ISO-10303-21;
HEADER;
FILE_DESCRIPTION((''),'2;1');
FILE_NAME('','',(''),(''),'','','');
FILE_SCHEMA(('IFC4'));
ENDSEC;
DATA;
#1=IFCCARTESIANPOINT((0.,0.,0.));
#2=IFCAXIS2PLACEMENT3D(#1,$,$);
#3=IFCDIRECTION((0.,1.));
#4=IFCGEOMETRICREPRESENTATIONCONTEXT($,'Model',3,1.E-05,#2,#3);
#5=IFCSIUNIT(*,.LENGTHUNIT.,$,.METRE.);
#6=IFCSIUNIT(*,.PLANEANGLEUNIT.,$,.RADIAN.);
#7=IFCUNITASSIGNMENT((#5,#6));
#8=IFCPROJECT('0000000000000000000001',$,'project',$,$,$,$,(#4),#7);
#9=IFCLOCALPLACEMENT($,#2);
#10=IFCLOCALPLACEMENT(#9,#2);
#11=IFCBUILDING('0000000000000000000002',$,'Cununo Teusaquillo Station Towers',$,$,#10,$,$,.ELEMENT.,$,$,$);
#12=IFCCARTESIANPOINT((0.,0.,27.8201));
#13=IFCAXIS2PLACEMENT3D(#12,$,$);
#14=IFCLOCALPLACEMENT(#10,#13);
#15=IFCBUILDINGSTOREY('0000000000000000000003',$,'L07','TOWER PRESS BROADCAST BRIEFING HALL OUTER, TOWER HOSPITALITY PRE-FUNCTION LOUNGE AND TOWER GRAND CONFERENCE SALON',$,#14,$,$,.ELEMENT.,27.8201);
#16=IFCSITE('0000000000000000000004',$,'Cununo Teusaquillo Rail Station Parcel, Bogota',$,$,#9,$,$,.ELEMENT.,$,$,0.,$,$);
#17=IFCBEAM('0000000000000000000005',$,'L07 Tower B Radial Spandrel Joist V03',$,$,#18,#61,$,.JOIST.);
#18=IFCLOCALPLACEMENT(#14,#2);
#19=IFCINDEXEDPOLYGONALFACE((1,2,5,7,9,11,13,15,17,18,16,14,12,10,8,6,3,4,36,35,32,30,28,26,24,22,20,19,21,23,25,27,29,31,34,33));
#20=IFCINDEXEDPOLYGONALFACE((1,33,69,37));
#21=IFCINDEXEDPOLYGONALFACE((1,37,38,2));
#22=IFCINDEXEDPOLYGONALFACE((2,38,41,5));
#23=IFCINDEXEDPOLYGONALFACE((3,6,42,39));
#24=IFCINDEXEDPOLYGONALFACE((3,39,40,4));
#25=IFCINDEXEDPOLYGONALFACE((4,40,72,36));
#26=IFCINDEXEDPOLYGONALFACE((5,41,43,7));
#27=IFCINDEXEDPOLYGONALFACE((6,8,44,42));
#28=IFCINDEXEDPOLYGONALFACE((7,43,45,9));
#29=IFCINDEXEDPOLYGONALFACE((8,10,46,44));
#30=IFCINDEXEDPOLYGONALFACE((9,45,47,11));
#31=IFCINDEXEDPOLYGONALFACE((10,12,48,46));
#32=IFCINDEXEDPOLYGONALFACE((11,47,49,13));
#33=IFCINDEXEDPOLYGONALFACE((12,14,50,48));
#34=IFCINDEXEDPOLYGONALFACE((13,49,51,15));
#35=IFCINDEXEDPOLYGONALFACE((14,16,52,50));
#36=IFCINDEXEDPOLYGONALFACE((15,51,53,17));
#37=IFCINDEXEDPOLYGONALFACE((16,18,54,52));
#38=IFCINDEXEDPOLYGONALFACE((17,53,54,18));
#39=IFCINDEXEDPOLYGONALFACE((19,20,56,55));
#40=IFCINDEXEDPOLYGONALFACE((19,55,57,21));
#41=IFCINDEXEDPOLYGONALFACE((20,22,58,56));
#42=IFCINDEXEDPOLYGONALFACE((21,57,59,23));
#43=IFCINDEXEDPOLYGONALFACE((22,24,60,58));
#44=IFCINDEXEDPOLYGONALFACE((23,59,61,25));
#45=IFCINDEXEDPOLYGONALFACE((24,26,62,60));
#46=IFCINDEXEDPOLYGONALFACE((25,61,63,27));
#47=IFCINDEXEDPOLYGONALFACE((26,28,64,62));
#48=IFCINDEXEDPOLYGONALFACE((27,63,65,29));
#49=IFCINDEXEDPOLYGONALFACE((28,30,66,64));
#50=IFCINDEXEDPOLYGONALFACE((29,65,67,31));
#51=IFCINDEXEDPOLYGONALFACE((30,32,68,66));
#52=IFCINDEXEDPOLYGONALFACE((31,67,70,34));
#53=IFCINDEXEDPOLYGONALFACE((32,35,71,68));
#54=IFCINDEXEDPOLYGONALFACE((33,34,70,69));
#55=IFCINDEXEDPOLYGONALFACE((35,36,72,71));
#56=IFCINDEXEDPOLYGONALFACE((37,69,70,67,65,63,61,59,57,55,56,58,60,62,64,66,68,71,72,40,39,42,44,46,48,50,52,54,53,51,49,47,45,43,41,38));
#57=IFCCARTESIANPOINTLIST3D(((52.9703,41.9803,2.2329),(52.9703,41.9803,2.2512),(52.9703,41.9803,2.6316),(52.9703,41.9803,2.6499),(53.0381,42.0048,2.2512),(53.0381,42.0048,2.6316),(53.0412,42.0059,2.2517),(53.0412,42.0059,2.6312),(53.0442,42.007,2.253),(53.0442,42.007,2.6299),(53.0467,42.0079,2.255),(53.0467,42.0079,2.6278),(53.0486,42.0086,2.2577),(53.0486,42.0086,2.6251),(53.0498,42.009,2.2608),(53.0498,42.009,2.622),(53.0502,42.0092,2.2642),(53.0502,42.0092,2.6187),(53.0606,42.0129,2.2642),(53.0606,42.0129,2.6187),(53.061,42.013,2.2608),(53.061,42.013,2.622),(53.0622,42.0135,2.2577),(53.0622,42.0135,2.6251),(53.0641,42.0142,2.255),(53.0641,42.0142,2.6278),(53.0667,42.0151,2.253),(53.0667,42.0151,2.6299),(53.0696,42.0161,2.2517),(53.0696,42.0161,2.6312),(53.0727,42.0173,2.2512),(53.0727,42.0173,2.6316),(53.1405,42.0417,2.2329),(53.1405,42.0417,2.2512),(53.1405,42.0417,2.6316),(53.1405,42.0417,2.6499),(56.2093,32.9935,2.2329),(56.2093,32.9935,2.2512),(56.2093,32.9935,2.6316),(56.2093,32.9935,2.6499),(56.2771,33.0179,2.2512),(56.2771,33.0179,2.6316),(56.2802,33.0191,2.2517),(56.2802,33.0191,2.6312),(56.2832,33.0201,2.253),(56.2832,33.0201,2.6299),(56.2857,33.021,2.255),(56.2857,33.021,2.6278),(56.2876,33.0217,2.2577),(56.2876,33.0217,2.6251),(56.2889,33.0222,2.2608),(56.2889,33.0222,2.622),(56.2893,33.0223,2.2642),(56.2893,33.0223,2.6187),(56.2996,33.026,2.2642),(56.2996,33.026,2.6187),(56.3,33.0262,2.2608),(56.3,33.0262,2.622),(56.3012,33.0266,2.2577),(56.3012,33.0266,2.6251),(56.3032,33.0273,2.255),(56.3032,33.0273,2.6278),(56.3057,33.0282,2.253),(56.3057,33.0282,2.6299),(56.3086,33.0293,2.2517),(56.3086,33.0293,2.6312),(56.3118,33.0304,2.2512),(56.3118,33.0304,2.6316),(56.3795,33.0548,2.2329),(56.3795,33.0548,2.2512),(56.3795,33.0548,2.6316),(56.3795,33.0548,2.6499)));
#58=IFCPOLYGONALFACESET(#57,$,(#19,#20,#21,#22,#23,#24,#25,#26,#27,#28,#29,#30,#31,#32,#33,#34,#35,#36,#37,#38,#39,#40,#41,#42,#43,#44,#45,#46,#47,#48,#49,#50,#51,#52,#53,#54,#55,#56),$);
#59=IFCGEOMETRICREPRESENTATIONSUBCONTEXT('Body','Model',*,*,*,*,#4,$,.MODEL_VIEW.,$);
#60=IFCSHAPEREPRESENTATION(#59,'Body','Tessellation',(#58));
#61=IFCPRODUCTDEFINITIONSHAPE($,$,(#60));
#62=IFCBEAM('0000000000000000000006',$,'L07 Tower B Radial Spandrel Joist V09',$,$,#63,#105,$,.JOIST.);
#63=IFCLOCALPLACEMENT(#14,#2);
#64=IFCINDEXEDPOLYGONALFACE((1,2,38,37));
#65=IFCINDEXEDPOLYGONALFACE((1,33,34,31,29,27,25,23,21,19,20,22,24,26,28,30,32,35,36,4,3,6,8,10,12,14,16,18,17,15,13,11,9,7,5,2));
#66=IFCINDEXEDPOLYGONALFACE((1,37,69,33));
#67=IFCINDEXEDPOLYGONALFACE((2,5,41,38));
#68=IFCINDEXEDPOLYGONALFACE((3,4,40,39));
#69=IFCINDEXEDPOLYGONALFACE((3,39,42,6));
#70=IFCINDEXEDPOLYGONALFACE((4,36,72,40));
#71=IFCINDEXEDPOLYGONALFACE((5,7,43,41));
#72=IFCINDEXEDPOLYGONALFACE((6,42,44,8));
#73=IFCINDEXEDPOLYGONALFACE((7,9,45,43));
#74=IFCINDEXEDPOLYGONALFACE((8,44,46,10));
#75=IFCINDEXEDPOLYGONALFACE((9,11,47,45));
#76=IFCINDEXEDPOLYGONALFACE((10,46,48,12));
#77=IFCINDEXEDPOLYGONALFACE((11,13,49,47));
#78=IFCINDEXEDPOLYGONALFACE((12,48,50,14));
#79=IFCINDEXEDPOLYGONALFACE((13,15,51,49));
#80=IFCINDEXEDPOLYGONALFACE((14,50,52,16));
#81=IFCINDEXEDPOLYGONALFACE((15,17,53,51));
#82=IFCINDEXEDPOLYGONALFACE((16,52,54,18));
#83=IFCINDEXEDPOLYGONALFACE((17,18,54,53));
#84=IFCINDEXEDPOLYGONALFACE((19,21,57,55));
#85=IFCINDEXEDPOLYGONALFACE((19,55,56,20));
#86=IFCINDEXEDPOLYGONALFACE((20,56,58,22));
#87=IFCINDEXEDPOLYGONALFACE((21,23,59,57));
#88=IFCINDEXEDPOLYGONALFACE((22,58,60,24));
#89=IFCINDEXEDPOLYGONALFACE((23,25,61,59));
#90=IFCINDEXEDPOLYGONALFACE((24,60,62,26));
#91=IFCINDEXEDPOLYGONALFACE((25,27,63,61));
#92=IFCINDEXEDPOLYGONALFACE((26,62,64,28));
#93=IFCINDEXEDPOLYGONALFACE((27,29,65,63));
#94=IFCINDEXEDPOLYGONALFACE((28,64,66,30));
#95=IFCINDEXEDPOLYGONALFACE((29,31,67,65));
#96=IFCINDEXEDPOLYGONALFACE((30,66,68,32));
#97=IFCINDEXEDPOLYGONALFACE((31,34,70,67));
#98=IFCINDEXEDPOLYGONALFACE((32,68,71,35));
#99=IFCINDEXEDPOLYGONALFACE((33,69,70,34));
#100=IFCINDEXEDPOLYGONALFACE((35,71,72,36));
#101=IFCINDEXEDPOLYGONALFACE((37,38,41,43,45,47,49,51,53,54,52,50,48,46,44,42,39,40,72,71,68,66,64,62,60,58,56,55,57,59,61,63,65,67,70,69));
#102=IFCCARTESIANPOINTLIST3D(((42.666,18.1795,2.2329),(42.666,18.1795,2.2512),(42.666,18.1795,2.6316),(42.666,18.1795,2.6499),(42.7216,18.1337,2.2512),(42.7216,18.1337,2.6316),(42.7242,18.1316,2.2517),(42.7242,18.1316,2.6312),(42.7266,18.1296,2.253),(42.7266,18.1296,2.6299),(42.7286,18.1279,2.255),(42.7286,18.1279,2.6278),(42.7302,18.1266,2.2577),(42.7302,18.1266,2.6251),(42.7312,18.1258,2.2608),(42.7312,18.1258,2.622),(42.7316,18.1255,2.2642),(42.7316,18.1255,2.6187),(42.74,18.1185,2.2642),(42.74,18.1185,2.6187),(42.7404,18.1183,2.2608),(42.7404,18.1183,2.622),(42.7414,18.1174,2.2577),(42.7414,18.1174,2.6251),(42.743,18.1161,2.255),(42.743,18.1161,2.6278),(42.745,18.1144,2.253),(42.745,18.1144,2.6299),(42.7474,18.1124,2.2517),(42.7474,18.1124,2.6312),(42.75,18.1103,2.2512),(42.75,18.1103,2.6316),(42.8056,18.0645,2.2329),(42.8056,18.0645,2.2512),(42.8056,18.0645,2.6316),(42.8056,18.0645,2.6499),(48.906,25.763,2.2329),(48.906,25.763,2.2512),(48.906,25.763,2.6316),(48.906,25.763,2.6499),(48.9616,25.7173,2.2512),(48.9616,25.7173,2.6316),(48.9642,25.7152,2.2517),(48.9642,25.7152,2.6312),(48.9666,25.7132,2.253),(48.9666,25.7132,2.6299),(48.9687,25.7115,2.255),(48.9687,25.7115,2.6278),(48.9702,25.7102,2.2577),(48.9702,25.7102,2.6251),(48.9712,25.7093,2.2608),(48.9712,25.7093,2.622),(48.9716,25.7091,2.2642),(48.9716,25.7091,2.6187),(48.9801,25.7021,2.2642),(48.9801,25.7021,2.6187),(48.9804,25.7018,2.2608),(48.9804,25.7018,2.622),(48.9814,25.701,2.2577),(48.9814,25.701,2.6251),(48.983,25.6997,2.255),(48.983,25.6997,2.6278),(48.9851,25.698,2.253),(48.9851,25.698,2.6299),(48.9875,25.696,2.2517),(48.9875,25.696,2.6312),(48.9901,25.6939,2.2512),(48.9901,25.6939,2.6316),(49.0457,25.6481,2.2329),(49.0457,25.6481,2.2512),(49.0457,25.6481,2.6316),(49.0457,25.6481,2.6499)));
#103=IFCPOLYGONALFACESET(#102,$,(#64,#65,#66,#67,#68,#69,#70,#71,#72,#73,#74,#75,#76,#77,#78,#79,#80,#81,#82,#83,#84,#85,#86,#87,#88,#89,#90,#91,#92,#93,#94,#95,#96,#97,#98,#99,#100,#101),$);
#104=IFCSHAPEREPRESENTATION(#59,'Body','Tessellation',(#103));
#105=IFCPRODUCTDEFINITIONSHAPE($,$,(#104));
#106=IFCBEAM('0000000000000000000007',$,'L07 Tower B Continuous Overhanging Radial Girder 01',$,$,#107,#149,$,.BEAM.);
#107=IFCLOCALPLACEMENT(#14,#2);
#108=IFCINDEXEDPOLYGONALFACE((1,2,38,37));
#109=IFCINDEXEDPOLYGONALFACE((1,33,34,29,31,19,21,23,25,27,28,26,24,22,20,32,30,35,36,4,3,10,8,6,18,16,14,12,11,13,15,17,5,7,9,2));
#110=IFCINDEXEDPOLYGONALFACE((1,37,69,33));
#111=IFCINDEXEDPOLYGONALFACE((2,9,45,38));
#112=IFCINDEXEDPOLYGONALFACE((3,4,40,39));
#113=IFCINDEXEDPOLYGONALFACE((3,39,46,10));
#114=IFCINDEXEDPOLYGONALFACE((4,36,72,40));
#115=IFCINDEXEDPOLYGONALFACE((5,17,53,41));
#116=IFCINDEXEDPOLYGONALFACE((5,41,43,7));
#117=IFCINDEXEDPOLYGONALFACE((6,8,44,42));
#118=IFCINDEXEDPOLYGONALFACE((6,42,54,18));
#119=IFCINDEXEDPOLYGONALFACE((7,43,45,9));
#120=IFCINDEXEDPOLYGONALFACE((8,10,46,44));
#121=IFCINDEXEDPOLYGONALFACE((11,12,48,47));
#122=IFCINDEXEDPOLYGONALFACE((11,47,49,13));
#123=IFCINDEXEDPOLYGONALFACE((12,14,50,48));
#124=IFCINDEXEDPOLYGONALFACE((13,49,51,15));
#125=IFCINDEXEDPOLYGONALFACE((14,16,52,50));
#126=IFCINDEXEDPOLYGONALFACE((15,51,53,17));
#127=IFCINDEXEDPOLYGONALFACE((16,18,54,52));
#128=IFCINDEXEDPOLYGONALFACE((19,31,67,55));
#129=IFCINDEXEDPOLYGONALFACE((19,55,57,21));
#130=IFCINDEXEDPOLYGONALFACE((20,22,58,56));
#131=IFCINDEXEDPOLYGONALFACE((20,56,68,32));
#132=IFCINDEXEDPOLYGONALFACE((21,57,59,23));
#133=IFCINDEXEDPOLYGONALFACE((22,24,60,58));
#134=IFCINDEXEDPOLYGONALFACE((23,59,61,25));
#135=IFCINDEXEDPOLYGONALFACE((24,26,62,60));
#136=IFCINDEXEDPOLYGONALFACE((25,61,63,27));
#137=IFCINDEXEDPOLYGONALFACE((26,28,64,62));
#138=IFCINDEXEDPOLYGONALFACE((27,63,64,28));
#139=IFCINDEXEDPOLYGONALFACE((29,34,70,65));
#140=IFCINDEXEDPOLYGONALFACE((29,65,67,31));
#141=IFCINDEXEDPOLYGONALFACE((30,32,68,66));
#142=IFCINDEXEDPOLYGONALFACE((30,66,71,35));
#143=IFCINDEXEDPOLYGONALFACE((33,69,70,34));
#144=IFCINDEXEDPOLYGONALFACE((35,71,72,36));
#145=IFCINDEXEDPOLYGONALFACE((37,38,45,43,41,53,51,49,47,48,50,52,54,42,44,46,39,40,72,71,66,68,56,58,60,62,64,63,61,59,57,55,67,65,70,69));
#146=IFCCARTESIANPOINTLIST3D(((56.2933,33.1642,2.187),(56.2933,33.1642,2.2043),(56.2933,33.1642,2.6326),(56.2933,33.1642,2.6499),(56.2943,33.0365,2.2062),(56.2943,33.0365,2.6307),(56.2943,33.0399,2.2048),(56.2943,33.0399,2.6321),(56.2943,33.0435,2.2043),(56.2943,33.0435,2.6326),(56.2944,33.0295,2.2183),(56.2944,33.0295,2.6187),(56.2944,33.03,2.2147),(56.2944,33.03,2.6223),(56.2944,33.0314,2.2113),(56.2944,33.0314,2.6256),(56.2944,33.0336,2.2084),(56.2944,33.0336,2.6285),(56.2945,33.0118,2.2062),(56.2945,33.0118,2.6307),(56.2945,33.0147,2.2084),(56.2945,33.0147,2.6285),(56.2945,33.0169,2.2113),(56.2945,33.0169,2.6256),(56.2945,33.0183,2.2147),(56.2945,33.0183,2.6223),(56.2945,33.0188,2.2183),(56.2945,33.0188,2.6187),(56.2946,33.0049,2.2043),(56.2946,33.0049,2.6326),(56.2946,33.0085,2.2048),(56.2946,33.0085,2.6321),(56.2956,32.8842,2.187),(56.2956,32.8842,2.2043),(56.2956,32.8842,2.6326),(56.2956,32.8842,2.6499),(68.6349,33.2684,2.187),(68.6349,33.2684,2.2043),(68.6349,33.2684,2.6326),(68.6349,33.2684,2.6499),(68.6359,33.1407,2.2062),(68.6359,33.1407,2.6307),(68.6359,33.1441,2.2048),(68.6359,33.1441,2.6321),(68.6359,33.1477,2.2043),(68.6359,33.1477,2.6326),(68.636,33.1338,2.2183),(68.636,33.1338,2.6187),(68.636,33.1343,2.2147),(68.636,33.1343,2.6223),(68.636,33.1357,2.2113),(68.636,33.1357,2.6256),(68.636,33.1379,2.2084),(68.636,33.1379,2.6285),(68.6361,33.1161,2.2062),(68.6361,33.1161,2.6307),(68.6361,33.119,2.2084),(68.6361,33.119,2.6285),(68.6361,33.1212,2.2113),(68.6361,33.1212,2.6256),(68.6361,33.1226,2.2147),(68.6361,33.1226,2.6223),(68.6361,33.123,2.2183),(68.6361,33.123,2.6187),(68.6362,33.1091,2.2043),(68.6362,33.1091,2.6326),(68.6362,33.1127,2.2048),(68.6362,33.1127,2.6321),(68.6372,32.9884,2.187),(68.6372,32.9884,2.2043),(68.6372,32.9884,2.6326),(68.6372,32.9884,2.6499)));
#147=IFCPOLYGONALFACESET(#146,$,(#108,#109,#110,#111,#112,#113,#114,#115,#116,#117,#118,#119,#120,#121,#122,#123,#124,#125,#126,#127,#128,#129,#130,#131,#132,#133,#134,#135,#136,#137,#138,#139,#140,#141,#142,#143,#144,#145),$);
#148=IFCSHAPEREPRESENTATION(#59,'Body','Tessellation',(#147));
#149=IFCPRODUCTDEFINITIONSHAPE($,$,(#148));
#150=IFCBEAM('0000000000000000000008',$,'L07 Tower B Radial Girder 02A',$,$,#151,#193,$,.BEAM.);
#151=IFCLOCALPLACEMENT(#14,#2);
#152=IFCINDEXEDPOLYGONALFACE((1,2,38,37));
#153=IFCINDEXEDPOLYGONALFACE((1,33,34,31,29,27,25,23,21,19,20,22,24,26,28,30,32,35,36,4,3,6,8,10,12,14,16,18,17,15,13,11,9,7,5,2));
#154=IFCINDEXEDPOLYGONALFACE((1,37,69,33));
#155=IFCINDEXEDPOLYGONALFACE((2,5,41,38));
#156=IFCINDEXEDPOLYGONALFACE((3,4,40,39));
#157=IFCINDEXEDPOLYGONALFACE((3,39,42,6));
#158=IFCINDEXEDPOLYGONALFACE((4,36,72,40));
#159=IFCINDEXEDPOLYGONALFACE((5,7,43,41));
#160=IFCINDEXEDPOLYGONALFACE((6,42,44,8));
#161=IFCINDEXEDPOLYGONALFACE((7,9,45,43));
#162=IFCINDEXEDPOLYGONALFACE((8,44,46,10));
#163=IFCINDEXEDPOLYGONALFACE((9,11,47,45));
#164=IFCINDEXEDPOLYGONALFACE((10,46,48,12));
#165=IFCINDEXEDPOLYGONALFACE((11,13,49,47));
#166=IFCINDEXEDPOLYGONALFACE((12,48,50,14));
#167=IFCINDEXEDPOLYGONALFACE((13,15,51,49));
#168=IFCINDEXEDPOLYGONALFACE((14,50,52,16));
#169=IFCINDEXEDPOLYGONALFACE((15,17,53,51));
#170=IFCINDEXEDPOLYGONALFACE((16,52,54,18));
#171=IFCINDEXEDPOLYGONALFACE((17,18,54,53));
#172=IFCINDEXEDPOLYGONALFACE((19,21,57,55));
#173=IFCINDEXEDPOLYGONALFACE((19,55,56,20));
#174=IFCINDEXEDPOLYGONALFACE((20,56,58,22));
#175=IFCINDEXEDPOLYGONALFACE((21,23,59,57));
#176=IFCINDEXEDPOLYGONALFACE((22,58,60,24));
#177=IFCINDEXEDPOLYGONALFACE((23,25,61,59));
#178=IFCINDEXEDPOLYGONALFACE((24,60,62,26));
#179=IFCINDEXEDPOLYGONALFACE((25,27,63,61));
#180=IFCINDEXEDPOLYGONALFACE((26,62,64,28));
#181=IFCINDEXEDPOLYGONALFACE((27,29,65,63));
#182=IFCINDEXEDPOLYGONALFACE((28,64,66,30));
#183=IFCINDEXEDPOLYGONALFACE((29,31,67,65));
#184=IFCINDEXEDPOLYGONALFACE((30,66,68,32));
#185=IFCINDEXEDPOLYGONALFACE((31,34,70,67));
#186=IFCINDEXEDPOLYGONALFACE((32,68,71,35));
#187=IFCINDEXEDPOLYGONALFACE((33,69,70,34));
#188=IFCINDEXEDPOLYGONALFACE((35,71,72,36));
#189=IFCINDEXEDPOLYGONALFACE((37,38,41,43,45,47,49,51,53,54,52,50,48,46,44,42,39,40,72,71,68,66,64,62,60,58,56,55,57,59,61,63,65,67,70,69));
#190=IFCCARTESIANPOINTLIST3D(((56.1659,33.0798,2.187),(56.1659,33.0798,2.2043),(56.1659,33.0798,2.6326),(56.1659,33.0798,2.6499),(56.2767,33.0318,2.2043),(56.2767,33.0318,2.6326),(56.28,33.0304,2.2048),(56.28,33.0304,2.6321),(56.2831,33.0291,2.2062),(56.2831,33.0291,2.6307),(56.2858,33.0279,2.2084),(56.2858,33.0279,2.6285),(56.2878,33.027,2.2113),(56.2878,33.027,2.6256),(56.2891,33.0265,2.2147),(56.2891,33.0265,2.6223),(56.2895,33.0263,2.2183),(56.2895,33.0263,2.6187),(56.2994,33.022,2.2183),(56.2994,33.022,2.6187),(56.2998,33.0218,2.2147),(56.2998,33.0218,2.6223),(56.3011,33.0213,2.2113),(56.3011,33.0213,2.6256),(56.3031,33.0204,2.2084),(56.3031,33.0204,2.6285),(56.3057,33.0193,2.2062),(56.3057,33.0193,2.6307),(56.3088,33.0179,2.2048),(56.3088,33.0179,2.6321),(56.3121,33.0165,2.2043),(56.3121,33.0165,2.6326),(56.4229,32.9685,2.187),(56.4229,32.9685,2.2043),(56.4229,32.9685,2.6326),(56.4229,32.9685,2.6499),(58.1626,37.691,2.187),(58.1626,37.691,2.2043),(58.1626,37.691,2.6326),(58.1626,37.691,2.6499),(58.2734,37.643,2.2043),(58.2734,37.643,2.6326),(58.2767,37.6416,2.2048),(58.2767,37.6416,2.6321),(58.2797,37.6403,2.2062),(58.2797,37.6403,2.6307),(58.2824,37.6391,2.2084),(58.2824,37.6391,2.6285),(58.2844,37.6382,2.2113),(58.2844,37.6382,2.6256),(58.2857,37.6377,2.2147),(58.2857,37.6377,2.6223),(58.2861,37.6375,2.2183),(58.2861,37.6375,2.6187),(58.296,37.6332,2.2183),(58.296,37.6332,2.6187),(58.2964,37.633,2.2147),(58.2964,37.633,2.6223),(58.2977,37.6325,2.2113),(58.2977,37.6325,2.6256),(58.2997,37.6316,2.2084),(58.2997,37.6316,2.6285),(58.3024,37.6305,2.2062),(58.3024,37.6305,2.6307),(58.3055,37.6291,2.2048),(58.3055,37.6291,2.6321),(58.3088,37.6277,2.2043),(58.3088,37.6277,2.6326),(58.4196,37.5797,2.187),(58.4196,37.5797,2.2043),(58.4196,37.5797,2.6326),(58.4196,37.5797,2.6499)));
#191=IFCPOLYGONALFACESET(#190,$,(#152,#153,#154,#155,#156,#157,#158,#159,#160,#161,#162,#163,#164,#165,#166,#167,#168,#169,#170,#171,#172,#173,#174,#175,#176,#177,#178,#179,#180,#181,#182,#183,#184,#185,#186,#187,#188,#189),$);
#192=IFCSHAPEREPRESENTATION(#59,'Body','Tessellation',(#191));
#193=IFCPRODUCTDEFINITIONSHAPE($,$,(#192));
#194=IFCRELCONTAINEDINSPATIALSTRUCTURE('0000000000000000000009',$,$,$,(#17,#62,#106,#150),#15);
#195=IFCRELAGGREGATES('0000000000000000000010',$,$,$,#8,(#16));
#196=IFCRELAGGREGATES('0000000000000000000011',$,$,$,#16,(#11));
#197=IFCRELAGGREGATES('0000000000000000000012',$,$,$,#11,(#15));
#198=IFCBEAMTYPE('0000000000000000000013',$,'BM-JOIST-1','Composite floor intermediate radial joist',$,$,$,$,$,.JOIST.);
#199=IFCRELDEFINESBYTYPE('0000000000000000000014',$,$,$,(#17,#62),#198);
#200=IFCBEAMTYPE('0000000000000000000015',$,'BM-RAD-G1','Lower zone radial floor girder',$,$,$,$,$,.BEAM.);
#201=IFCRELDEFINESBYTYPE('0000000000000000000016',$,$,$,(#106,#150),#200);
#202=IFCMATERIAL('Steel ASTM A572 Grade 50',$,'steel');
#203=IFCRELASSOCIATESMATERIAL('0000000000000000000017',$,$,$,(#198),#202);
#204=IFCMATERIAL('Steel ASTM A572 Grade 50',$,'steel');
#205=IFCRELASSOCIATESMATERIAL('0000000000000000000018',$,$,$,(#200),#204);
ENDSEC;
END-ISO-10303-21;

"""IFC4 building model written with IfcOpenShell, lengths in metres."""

from ifc_helpers import new_model, si_unit, direction, frame, origin, origin_2d, place, context, subcontext, project, spatial, i_section, extrude, material, material_profile, profile_set, type_object, element, save


model = new_model("IFC4")

# Units and contexts
model_context = context("Model", 3, precision=1e-05, world=origin(), true_north=direction((0.0, 1.0)))
body_context = subcontext(model_context, "Body", "Model", "MODEL_VIEW")
ifc_project = project(units=[si_unit("LENGTHUNIT", "METRE"), si_unit("PLANEANGLEUNIT", "RADIAN")], contexts=[model_context])

# Site, building, storey
site_placement = place(None, origin())
site = spatial("IfcSite", under=ifc_project, at=site_placement, Name="Cununo Teusaquillo Rail Station Parcel, Bogota", CompositionType="ELEMENT", RefElevation=0.0)
building_placement = place(site_placement, origin())
building = spatial("IfcBuilding", under=site, at=building_placement, Name="Cununo Teusaquillo Station Towers", CompositionType="ELEMENT")
storey_placement = place(building_placement, frame((0.0, 0.0, 27.8201)))
storey = spatial("IfcBuildingStorey", under=building, at=storey_placement, Name="L07", Description="TOWER PRESS BROADCAST BRIEFING HALL OUTER, TOWER HOSPITALITY PRE-FUNCTION LOUNGE AND TOWER GRAND CONFERENCE SALON", CompositionType="ELEMENT", Elevation=27.8201)

# Beams
ifc_material_1 = material(Name="Steel ASTM A572 Grade 50", Category="steel")
ifc_material_profile_1 = material_profile(ifc_material_1, i_section(OverallWidth=0.1809, OverallDepth=0.417, WebThickness=0.011, FlangeThickness=0.0183, FilletRadius=0.0129, at=origin_2d()), Name="W16X57")
ifc_profile_set_1 = profile_set([ifc_material_profile_1], Name="Steel ASTM A572 Grade 50")
beam_type_1 = type_object("IfcBeamType", Name="BM-JOIST-1", Description="Composite floor intermediate radial joist", PredefinedType="JOIST", material=ifc_profile_set_1)
beam_1_placement = place(storey_placement, frame((56.2944, 33.0242, 2.4414), z_axis=(-0.339068, 0.940762, 0.0), x_axis=(-0.940762, -0.339068, 0.0)))
element("IfcBeam", 1, at=beam_1_placement, inside=storey, type_object=beam_type_1, Name="L07 Tower B Radial Spandrel Joist V03", PredefinedType="JOIST", context=body_context, shape_type="SweptSolid", body=[
    extrude(i_section(OverallWidth=0.1809, OverallDepth=0.417, WebThickness=0.011, FlangeThickness=0.0183, FilletRadius=0.0129, at=origin_2d()), origin(), (0.0, 0.0, 1.0), 9.5527),
])
beam_2_placement = place(storey_placement, frame((48.9758, 25.7056, 2.4414), z_axis=(-0.635389, -0.772192, 0.0), x_axis=(0.772192, -0.635389, 0.0)))
element("IfcBeam", 2, at=beam_2_placement, inside=storey, type_object=beam_type_1, Name="L07 Tower B Radial Spandrel Joist V09", PredefinedType="JOIST", context=body_context, shape_type="SweptSolid", body=[
    extrude(i_section(OverallWidth=0.1809, OverallDepth=0.417, WebThickness=0.011, FlangeThickness=0.0183, FilletRadius=0.0129, at=origin_2d()), origin(), (0.0, 0.0, 1.0), 9.8208),
])
ifc_material_2 = material(Name="Steel ASTM A572 Grade 50", Category="steel")
ifc_material_profile_2 = material_profile(ifc_material_2, i_section(OverallWidth=0.28, OverallDepth=0.4629, WebThickness=0.0107, FlangeThickness=0.0173, FilletRadius=0.0139, at=origin_2d()), Name="W18X76")
ifc_profile_set_2 = profile_set([ifc_material_profile_2], Name="Steel ASTM A572 Grade 50")
beam_type_2 = type_object("IfcBeamType", Name="BM-RAD-G1", Description="Lower zone radial floor girder", PredefinedType="BEAM", material=ifc_profile_set_2)
beam_3_placement = place(storey_placement, frame((56.2944, 33.0242, 2.4185), z_axis=(0.999964, 0.008447, 0.0), x_axis=(-0.008447, 0.999964, 0.0)))
element("IfcBeam", 3, at=beam_3_placement, inside=storey, type_object=beam_type_2, Name="L07 Tower B Continuous Overhanging Radial Girder 01", PredefinedType="BEAM", context=body_context, shape_type="SweptSolid", body=[
    extrude(i_section(OverallWidth=0.28, OverallDepth=0.4629, WebThickness=0.0107, FlangeThickness=0.0173, FilletRadius=0.0139, at=origin_2d()), origin(), (0.0, 0.0, 1.0), 12.342),
])
beam_4_placement = place(storey_placement, frame((56.2944, 33.0242, 2.4185), z_axis=(0.397347, 0.917668, 0.0), x_axis=(-0.917668, 0.397347, 0.0)))
element("IfcBeam", 4, at=beam_4_placement, inside=storey, type_object=beam_type_2, Name="L07 Tower B Radial Girder 02A", PredefinedType="BEAM", context=body_context, shape_type="SweptSolid", body=[
    extrude(i_section(OverallWidth=0.28, OverallDepth=0.4629, WebThickness=0.0107, FlangeThickness=0.0173, FilletRadius=0.0139, at=origin_2d()), origin(), (0.0, 0.0, 1.0), 5.0249),
])

save(model, "model.ifc")
